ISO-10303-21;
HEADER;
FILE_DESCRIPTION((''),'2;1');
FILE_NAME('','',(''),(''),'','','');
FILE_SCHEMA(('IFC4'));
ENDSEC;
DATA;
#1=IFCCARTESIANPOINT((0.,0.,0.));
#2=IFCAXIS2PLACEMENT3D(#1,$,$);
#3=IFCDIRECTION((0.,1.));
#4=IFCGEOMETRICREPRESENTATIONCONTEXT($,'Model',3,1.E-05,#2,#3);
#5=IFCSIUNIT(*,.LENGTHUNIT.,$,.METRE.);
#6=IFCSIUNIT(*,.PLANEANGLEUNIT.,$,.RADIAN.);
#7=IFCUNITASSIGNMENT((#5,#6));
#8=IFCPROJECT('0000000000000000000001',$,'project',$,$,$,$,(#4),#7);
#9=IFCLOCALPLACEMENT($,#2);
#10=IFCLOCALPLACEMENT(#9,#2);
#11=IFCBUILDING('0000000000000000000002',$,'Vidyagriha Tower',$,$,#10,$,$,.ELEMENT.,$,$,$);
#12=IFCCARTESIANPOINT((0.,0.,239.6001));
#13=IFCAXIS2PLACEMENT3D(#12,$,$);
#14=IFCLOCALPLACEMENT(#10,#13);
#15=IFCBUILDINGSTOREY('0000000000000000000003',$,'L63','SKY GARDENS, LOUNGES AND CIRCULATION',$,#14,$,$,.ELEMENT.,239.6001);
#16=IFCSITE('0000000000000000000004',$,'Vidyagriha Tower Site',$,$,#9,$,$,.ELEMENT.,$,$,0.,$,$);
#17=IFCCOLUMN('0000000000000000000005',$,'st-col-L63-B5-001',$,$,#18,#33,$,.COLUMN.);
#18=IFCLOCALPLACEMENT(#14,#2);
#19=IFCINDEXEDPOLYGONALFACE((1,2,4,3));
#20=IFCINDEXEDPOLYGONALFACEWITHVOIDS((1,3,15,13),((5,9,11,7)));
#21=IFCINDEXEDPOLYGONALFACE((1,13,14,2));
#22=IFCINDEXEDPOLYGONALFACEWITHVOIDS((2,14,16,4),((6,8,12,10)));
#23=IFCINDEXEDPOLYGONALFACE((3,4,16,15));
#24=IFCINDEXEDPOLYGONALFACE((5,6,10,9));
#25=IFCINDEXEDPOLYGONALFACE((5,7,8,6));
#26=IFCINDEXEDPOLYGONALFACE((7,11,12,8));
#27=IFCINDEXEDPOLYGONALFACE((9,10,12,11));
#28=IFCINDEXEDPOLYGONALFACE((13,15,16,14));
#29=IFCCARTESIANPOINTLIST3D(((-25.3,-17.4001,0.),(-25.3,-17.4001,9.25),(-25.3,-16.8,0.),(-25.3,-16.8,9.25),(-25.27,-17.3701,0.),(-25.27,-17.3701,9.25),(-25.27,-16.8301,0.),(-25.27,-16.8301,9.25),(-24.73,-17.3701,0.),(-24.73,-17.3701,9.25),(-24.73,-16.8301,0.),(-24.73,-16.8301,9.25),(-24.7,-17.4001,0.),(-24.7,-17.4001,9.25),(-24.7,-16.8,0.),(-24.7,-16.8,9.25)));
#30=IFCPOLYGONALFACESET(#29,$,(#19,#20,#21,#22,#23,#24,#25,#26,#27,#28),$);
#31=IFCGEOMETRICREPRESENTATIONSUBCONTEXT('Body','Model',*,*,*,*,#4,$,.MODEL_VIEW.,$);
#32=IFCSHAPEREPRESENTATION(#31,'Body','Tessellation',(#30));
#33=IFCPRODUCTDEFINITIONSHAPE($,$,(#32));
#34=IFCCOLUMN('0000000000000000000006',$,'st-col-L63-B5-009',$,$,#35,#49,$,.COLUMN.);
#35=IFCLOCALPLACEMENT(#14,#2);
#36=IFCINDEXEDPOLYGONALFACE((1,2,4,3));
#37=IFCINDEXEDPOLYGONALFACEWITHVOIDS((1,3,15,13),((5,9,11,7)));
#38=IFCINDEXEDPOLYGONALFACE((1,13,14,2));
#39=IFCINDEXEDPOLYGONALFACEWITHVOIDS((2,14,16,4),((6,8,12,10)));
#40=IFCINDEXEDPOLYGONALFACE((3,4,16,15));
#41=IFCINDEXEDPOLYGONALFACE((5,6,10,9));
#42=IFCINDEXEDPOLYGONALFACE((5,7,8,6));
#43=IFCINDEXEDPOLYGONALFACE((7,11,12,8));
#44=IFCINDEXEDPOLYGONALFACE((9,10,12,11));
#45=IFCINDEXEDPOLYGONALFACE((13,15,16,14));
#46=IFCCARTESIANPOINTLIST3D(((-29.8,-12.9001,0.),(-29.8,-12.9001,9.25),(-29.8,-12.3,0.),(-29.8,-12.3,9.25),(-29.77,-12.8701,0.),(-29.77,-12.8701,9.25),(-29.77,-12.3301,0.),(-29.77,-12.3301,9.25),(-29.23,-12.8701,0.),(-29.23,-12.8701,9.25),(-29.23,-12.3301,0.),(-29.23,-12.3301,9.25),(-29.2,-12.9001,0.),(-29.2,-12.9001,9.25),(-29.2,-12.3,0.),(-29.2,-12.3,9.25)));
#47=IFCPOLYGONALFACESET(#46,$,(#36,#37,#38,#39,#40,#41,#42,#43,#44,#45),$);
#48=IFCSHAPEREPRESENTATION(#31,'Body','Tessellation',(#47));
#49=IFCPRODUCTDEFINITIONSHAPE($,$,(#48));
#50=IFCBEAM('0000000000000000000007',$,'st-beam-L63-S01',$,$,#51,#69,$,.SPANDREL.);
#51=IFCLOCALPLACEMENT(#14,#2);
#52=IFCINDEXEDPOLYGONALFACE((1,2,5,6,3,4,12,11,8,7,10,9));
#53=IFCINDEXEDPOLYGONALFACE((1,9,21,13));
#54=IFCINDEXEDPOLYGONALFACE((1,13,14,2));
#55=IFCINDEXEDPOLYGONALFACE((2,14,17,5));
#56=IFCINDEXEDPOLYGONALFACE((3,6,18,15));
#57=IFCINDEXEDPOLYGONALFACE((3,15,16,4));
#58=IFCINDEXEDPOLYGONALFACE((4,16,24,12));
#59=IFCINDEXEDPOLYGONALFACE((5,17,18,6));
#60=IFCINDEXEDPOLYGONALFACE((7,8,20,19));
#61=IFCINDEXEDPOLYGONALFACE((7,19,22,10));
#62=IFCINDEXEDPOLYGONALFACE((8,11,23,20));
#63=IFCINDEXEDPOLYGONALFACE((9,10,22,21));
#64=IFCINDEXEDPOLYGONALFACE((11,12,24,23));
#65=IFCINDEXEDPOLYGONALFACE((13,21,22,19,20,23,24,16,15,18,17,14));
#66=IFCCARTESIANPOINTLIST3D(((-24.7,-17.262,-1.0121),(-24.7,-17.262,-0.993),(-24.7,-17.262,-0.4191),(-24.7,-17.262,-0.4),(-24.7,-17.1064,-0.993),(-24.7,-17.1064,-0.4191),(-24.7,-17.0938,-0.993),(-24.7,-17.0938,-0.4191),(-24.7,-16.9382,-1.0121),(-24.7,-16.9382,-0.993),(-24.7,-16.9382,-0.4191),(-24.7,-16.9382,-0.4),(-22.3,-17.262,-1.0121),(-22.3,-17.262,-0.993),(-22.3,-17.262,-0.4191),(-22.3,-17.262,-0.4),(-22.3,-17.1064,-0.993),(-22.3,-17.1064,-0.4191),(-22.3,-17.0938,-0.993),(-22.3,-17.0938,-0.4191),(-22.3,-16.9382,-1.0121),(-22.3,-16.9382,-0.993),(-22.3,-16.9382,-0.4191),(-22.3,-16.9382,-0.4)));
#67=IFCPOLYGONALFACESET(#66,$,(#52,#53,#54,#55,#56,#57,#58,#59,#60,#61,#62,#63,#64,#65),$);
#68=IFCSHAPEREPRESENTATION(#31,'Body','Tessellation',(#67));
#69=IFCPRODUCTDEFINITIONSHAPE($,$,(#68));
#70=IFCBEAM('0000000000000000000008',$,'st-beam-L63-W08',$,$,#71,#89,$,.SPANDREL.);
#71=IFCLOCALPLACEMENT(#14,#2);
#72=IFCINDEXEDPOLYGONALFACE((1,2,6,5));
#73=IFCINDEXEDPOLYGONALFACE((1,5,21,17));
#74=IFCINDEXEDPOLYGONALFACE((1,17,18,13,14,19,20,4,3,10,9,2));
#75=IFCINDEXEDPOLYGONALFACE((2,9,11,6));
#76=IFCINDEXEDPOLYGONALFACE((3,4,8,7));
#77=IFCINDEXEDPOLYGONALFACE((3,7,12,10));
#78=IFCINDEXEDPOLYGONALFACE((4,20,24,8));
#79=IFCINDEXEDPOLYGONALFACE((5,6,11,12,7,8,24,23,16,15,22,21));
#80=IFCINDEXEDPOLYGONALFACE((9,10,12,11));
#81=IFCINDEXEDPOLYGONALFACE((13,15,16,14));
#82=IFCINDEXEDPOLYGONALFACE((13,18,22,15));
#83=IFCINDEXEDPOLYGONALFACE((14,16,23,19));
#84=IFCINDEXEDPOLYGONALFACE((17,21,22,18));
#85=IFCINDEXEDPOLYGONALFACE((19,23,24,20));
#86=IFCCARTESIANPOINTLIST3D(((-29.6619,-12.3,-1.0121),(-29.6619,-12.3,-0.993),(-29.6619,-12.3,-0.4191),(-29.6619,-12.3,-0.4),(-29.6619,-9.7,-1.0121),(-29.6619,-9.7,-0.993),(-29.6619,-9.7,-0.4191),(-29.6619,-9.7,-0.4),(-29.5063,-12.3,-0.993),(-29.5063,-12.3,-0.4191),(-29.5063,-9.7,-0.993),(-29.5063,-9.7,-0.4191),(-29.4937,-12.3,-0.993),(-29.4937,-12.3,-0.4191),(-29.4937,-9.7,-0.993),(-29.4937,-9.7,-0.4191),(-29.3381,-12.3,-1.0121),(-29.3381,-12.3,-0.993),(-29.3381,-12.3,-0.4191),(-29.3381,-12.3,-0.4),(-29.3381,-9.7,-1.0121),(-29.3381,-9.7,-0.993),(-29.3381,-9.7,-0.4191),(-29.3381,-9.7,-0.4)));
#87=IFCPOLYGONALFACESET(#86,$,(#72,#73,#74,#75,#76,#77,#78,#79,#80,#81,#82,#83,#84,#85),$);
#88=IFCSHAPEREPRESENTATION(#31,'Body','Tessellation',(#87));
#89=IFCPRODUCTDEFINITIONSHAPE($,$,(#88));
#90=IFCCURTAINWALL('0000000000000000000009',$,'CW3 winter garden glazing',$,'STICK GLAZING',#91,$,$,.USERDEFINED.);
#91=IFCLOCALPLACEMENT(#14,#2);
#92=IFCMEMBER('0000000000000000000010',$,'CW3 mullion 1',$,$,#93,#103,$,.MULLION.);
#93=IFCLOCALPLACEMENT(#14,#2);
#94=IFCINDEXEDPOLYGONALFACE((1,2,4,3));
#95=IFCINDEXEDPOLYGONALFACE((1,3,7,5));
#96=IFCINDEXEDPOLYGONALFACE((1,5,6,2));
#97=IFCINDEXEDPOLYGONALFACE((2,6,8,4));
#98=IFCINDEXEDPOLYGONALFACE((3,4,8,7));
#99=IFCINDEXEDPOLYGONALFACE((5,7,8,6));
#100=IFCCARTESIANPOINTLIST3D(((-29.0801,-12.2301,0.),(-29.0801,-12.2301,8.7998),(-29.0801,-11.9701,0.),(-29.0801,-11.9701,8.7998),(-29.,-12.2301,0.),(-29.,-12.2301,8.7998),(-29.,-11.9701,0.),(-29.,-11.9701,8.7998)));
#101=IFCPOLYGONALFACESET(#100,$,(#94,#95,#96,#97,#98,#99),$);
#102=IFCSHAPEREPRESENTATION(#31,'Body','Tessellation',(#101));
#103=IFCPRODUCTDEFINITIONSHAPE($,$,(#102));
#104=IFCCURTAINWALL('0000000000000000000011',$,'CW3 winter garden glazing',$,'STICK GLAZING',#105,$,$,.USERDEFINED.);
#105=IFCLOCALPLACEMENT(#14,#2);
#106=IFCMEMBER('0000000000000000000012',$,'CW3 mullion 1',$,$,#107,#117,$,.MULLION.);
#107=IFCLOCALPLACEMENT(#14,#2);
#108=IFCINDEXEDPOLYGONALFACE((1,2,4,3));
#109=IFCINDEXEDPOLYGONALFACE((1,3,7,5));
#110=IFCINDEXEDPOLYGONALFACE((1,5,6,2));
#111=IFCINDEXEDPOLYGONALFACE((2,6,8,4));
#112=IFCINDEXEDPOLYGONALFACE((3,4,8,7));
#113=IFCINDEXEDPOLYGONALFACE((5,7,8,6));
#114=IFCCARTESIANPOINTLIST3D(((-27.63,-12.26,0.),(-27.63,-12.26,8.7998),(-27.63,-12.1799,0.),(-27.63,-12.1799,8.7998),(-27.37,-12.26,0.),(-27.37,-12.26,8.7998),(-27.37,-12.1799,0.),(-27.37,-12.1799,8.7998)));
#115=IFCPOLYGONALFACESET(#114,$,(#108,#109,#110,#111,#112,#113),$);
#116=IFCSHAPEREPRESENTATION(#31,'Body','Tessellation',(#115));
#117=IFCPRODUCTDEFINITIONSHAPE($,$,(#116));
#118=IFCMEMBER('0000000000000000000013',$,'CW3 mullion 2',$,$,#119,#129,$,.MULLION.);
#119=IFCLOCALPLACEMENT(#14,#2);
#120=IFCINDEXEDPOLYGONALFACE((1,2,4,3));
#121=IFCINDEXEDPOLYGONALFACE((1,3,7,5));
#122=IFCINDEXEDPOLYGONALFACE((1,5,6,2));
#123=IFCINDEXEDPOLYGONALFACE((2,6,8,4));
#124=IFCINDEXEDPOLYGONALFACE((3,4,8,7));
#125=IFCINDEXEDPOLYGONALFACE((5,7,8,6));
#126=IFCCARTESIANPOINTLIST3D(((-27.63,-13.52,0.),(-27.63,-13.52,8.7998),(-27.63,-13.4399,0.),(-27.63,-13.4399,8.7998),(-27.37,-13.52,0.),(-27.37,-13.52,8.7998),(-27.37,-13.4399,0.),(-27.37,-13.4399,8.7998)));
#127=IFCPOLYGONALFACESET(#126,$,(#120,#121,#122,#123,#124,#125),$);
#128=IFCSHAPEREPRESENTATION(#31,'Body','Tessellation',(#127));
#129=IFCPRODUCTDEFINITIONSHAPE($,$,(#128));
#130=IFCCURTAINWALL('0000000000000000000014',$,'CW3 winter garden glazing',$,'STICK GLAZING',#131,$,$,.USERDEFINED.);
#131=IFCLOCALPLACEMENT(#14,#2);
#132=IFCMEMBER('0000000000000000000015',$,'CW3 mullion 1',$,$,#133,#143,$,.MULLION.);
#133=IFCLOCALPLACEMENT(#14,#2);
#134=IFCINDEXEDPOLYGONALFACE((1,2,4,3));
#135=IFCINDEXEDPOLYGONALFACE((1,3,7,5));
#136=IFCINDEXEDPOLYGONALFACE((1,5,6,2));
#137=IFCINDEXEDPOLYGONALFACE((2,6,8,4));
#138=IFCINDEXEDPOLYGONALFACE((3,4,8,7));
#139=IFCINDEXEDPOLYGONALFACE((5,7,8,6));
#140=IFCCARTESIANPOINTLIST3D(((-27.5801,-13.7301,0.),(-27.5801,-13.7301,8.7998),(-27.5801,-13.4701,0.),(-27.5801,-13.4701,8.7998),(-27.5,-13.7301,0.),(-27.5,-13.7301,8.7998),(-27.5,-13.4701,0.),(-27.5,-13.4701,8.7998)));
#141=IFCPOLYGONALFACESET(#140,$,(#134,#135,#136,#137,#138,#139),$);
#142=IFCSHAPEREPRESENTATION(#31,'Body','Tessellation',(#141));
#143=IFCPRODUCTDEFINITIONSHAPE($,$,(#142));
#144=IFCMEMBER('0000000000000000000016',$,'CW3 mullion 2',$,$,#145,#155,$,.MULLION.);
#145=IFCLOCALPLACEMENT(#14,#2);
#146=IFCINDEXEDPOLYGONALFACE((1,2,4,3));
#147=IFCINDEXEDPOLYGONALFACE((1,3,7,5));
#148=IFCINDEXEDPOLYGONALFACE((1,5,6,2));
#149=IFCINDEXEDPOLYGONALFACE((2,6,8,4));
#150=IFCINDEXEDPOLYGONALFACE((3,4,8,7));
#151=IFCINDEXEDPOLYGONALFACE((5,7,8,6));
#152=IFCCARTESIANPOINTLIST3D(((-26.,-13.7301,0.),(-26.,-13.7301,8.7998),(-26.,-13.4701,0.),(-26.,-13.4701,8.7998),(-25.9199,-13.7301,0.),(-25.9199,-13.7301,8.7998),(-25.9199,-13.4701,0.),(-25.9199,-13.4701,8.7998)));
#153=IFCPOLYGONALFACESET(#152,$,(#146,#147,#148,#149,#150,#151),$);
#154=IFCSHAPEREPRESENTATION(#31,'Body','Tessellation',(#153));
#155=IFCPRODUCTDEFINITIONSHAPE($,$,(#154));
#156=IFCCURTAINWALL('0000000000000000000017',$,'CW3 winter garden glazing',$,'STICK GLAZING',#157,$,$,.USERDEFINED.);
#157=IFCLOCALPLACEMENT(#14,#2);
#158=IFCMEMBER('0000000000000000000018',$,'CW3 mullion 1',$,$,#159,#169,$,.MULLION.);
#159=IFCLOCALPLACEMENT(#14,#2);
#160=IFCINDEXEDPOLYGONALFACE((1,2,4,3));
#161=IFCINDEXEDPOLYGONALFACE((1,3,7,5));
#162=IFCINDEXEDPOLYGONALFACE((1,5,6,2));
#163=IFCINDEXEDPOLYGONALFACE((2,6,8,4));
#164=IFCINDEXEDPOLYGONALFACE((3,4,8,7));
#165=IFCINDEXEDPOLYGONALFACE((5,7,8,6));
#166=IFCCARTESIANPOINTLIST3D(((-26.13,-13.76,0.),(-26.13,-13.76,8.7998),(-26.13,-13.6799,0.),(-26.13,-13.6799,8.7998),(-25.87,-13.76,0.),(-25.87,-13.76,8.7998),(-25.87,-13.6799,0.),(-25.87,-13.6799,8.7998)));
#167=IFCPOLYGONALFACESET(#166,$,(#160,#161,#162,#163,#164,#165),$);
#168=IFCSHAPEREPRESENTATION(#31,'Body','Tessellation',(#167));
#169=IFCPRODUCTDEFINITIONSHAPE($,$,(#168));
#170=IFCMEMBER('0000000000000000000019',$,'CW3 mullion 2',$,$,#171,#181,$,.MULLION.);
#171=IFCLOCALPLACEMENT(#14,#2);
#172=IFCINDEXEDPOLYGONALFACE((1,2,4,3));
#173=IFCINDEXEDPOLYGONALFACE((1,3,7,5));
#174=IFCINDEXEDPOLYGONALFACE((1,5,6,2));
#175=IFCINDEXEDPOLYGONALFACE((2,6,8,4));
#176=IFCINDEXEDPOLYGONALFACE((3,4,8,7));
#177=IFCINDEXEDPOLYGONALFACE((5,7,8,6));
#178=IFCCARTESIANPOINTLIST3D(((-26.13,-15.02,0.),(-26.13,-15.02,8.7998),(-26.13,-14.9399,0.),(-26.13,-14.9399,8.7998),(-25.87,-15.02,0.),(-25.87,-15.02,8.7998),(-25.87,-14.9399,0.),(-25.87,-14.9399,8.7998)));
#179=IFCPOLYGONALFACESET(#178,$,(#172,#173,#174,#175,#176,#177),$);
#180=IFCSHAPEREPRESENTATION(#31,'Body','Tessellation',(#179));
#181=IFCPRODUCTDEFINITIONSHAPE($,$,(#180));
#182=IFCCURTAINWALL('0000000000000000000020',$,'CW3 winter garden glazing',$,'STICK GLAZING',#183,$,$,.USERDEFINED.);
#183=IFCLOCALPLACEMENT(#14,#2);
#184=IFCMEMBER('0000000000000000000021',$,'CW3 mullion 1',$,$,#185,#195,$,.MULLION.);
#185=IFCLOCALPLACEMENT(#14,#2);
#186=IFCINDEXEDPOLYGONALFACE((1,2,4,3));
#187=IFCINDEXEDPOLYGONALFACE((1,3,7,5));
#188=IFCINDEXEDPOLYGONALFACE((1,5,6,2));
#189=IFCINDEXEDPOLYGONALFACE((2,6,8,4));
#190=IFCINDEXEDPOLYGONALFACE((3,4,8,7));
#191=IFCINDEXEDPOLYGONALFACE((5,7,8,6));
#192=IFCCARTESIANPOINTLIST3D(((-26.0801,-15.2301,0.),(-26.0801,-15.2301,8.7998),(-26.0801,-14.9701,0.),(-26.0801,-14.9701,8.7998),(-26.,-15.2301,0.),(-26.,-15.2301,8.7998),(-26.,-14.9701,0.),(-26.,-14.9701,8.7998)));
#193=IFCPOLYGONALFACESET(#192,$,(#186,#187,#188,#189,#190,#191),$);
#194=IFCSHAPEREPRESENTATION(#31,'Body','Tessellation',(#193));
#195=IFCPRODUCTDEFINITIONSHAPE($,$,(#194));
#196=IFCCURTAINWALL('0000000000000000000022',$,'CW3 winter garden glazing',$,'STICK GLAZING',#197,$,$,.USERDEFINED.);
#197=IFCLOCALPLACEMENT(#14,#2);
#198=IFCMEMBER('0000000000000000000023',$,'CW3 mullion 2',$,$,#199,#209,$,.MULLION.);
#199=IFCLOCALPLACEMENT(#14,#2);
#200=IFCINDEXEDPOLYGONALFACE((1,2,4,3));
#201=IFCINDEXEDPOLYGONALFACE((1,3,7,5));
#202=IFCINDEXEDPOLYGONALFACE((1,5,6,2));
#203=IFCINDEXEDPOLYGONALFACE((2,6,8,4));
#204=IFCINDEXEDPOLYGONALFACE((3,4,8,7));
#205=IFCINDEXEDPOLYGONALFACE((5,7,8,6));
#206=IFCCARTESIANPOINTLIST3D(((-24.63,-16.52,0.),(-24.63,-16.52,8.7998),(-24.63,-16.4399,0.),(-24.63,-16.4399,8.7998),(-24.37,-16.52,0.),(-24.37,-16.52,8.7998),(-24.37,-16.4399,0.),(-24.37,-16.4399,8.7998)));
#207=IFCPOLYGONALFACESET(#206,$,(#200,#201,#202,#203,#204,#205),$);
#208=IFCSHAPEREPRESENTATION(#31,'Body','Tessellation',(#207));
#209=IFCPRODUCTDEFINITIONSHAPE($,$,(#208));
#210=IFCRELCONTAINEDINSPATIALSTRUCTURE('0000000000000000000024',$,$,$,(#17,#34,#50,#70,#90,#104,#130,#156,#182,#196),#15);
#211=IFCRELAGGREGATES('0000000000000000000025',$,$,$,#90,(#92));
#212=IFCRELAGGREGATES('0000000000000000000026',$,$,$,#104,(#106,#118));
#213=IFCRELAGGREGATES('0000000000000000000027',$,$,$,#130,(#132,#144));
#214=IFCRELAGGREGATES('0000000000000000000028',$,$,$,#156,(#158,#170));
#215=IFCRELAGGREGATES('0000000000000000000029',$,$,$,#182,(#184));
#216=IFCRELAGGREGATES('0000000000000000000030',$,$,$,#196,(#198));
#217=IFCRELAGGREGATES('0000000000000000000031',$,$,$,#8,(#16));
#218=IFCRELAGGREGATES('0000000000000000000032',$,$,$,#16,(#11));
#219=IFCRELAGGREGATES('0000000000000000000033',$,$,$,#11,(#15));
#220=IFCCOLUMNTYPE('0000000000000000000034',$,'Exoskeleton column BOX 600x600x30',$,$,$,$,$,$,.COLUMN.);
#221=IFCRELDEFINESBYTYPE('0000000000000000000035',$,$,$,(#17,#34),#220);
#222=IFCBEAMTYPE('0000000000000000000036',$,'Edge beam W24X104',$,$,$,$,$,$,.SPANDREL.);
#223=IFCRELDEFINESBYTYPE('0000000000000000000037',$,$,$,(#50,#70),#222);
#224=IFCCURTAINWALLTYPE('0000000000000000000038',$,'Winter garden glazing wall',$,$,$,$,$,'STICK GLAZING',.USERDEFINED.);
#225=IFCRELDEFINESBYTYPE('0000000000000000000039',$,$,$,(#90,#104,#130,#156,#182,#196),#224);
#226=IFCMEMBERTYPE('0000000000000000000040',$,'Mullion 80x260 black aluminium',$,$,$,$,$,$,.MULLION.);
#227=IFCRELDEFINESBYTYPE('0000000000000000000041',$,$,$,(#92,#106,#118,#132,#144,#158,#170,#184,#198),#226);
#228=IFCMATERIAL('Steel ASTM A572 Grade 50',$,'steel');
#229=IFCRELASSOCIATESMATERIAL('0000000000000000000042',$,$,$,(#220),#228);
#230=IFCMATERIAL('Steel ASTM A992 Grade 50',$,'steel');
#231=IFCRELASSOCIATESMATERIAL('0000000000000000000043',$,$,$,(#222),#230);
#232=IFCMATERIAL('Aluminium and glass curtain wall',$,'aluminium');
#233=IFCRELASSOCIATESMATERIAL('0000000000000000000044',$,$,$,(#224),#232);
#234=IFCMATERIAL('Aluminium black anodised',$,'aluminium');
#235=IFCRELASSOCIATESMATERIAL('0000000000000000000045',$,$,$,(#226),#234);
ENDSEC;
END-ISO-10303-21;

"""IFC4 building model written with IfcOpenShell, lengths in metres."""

from ifc_helpers import new_model, si_unit, direction, frame, origin, origin_2d, place, context, subcontext, project, spatial, rectangle, hollow_rectangle, i_section, extrude, material, material_profile, profile_set, type_object, element, aggregate, save


model = new_model("IFC4")

# Units and contexts
model_context = context("Model", 3, precision=1e-05, world=origin(), true_north=direction((0.0, 1.0)))
body_context = subcontext(model_context, "Body", "Model", "MODEL_VIEW")
ifc_project = project(units=[si_unit("LENGTHUNIT", "METRE"), si_unit("PLANEANGLEUNIT", "RADIAN")], contexts=[model_context])

# Site, building, storey
site_placement = place(None, origin())
site = spatial("IfcSite", under=ifc_project, at=site_placement, Name="Vidyagriha Tower Site", CompositionType="ELEMENT", RefElevation=0.0)
building_placement = place(site_placement, origin())
building = spatial("IfcBuilding", under=site, at=building_placement, Name="Vidyagriha Tower", CompositionType="ELEMENT")
storey_placement = place(building_placement, frame((0.0, 0.0, 239.6001)))
storey = spatial("IfcBuildingStorey", under=building, at=storey_placement, Name="L63", Description="SKY GARDENS, LOUNGES AND CIRCULATION", CompositionType="ELEMENT", Elevation=239.6001)

# Columns
ifc_material_1 = material(Name="Steel ASTM A572 Grade 50", Category="steel")
ifc_material_profile_1 = material_profile(ifc_material_1, hollow_rectangle(XDim=0.6001, YDim=0.6001, WallThickness=0.03, at=origin_2d()), Name="BOX 600x600x30")
ifc_profile_set_1 = profile_set([ifc_material_profile_1], Name="Steel ASTM A572 Grade 50")
column_type = type_object("IfcColumnType", Name="Exoskeleton column BOX 600x600x30", PredefinedType="COLUMN", material=ifc_profile_set_1)
for number, where, name in (
    (1, (-25.0, -17.1001, 0.0), "st-col-L63-B5-001"),
    (2, (-29.5, -12.6001, 0.0), "st-col-L63-B5-009"),
):
    element("IfcColumn", number, at=place(storey_placement, frame(where)), inside=storey, type_object=column_type, Name=name, PredefinedType="COLUMN", context=body_context, shape_type="SweptSolid", body=[
        extrude(hollow_rectangle(XDim=0.6001, YDim=0.6001, WallThickness=0.03, at=origin_2d()), origin(), (0.0, 0.0, 1.0), 9.25),
    ])

# Beams
ifc_material_2 = material(Name="Steel ASTM A992 Grade 50", Category="steel")
ifc_material_profile_2 = material_profile(ifc_material_2, i_section(OverallWidth=0.3237, OverallDepth=0.6121, WebThickness=0.0127, FlangeThickness=0.019, at=origin_2d()), Name="W24X104")
ifc_profile_set_2 = profile_set([ifc_material_profile_2], Name="Steel ASTM A992 Grade 50")
beam_type = type_object("IfcBeamType", Name="Edge beam W24X104", PredefinedType="SPANDREL", material=ifc_profile_set_2)
beam_1_placement = place(storey_placement, frame((-24.7, -17.1001, -0.7061), z_axis=(1.0, 0.0, 0.0), x_axis=(0.0, 1.0, 0.0)))
element("IfcBeam", 3, at=beam_1_placement, inside=storey, type_object=beam_type, Name="st-beam-L63-S01", PredefinedType="SPANDREL", context=body_context, shape_type="SweptSolid", body=[
    extrude(i_section(OverallWidth=0.3237, OverallDepth=0.6121, WebThickness=0.0127, FlangeThickness=0.019, at=origin_2d()), origin(), (0.0, 0.0, 1.0), 2.3999),
])
beam_2_placement = place(storey_placement, frame((-29.5, -12.3, -0.7061), z_axis=(0.0, 1.0, 0.0), x_axis=(-1.0, 0.0, 0.0)))
element("IfcBeam", 4, at=beam_2_placement, inside=storey, type_object=beam_type, Name="st-beam-L63-W08", PredefinedType="SPANDREL", context=body_context, shape_type="SweptSolid", body=[
    extrude(i_section(OverallWidth=0.3237, OverallDepth=0.6121, WebThickness=0.0127, FlangeThickness=0.019, at=origin_2d()), origin(), (0.0, 0.0, 1.0), 2.6001),
])

# Curtain wall, member
ifc_material_3 = material(Name="Aluminium and glass curtain wall", Category="aluminium")
curtain_wall_type = type_object("IfcCurtainWallType", Name="Winter garden glazing wall", ElementType="STICK GLAZING", PredefinedType="USERDEFINED", material=ifc_material_3)
curtain_wall_1_placement = place(storey_placement, origin())
curtain_wall_1 = element("IfcCurtainWall", 5, at=curtain_wall_1_placement, inside=storey, type_object=curtain_wall_type, Name="CW3 winter garden glazing", ObjectType="STICK GLAZING", PredefinedType="USERDEFINED")
ifc_material_4 = material(Name="Aluminium black anodised", Category="aluminium")
ifc_material_profile_3 = material_profile(ifc_material_4, rectangle(XDim=0.26, YDim=0.0801, at=origin_2d()), Name="Mullion 80x260 black aluminium")
ifc_profile_set_3 = profile_set([ifc_material_profile_3], Name="Aluminium black anodised")
member_type_1 = type_object("IfcMemberType", Name="Mullion 80x260 black aluminium", PredefinedType="MULLION", material=ifc_profile_set_3)
member_1_placement = place(storey_placement, frame((-29.04, -12.1001, 0.0), z_axis=(0.0, 0.0, 1.0), x_axis=(0.0, 1.0, 0.0)))
member_1 = element("IfcMember", 6, at=member_1_placement, type_object=member_type_1, Name="CW3 mullion 1", PredefinedType="MULLION", context=body_context, shape_type="SweptSolid", body=[
    extrude(rectangle(XDim=0.26, YDim=0.0801, at=origin_2d()), origin(), (0.0, 0.0, 1.0), 8.7998),
])

# Curtain walls, members
curtain_wall_2_placement = place(storey_placement, origin())
curtain_wall_2 = element("IfcCurtainWall", 7, at=curtain_wall_2_placement, inside=storey, type_object=curtain_wall_type, Name="CW3 winter garden glazing", ObjectType="STICK GLAZING", PredefinedType="USERDEFINED")
member_2_placement = place(storey_placement, frame((-27.5, -12.22, 0.0)))
member_2 = element("IfcMember", 8, at=member_2_placement, type_object=member_type_1, Name="CW3 mullion 1", PredefinedType="MULLION", context=body_context, shape_type="SweptSolid", body=[
    extrude(rectangle(XDim=0.26, YDim=0.0801, at=origin_2d()), origin(), (0.0, 0.0, 1.0), 8.7998),
])
member_3_placement = place(storey_placement, frame((-27.5, -13.48, 0.0)))
member_3 = element("IfcMember", 9, at=member_3_placement, type_object=member_type_1, Name="CW3 mullion 2", PredefinedType="MULLION", context=body_context, shape_type="SweptSolid", body=[
    extrude(rectangle(XDim=0.26, YDim=0.0801, at=origin_2d()), origin(), (0.0, 0.0, 1.0), 8.7998),
])
curtain_wall_3_placement = place(storey_placement, origin())
curtain_wall_3 = element("IfcCurtainWall", 10, at=curtain_wall_3_placement, inside=storey, type_object=curtain_wall_type, Name="CW3 winter garden glazing", ObjectType="STICK GLAZING", PredefinedType="USERDEFINED")
member_4_placement = place(storey_placement, frame((-27.54, -13.6001, 0.0), z_axis=(0.0, 0.0, 1.0), x_axis=(0.0, 1.0, 0.0)))
member_4 = element("IfcMember", 11, at=member_4_placement, type_object=member_type_1, Name="CW3 mullion 1", PredefinedType="MULLION", context=body_context, shape_type="SweptSolid", body=[
    extrude(rectangle(XDim=0.26, YDim=0.0801, at=origin_2d()), origin(), (0.0, 0.0, 1.0), 8.7998),
])
member_5_placement = place(storey_placement, frame((-25.96, -13.6001, 0.0), z_axis=(0.0, 0.0, 1.0), x_axis=(0.0, 1.0, 0.0)))
member_5 = element("IfcMember", 12, at=member_5_placement, type_object=member_type_1, Name="CW3 mullion 2", PredefinedType="MULLION", context=body_context, shape_type="SweptSolid", body=[
    extrude(rectangle(XDim=0.26, YDim=0.0801, at=origin_2d()), origin(), (0.0, 0.0, 1.0), 8.7998),
])
curtain_wall_4_placement = place(storey_placement, origin())
curtain_wall_4 = element("IfcCurtainWall", 13, at=curtain_wall_4_placement, inside=storey, type_object=curtain_wall_type, Name="CW3 winter garden glazing", ObjectType="STICK GLAZING", PredefinedType="USERDEFINED")
member_6_placement = place(storey_placement, frame((-26.0, -13.72, 0.0)))
member_6 = element("IfcMember", 14, at=member_6_placement, type_object=member_type_1, Name="CW3 mullion 1", PredefinedType="MULLION", context=body_context, shape_type="SweptSolid", body=[
    extrude(rectangle(XDim=0.26, YDim=0.0801, at=origin_2d()), origin(), (0.0, 0.0, 1.0), 8.7998),
])
member_7_placement = place(storey_placement, frame((-26.0, -14.98, 0.0)))
member_7 = element("IfcMember", 15, at=member_7_placement, type_object=member_type_1, Name="CW3 mullion 2", PredefinedType="MULLION", context=body_context, shape_type="SweptSolid", body=[
    extrude(rectangle(XDim=0.26, YDim=0.0801, at=origin_2d()), origin(), (0.0, 0.0, 1.0), 8.7998),
])

# Curtain walls, members
curtain_wall_5_placement = place(storey_placement, origin())
curtain_wall_5 = element("IfcCurtainWall", 16, at=curtain_wall_5_placement, inside=storey, type_object=curtain_wall_type, Name="CW3 winter garden glazing", ObjectType="STICK GLAZING", PredefinedType="USERDEFINED")
member_8_placement = place(storey_placement, frame((-26.04, -15.1001, 0.0), z_axis=(0.0, 0.0, 1.0), x_axis=(0.0, 1.0, 0.0)))
member_8 = element("IfcMember", 17, at=member_8_placement, type_object=member_type_1, Name="CW3 mullion 1", PredefinedType="MULLION", context=body_context, shape_type="SweptSolid", body=[
    extrude(rectangle(XDim=0.26, YDim=0.0801, at=origin_2d()), origin(), (0.0, 0.0, 1.0), 8.7998),
])
curtain_wall_6_placement = place(storey_placement, origin())
curtain_wall_6 = element("IfcCurtainWall", 18, at=curtain_wall_6_placement, inside=storey, type_object=curtain_wall_type, Name="CW3 winter garden glazing", ObjectType="STICK GLAZING", PredefinedType="USERDEFINED")
member_9_placement = place(storey_placement, frame((-24.5, -16.48, 0.0)))
member_9 = element("IfcMember", 19, at=member_9_placement, type_object=member_type_1, Name="CW3 mullion 2", PredefinedType="MULLION", context=body_context, shape_type="SweptSolid", body=[
    extrude(rectangle(XDim=0.26, YDim=0.0801, at=origin_2d()), origin(), (0.0, 0.0, 1.0), 8.7998),
])

aggregate(curtain_wall_1, [member_1])

aggregate(curtain_wall_2, [member_2, member_3])
aggregate(curtain_wall_3, [member_4, member_5])
aggregate(curtain_wall_4, [member_6, member_7])
aggregate(curtain_wall_5, [member_8])
aggregate(curtain_wall_6, [member_9])

save(model, "model.ifc")
